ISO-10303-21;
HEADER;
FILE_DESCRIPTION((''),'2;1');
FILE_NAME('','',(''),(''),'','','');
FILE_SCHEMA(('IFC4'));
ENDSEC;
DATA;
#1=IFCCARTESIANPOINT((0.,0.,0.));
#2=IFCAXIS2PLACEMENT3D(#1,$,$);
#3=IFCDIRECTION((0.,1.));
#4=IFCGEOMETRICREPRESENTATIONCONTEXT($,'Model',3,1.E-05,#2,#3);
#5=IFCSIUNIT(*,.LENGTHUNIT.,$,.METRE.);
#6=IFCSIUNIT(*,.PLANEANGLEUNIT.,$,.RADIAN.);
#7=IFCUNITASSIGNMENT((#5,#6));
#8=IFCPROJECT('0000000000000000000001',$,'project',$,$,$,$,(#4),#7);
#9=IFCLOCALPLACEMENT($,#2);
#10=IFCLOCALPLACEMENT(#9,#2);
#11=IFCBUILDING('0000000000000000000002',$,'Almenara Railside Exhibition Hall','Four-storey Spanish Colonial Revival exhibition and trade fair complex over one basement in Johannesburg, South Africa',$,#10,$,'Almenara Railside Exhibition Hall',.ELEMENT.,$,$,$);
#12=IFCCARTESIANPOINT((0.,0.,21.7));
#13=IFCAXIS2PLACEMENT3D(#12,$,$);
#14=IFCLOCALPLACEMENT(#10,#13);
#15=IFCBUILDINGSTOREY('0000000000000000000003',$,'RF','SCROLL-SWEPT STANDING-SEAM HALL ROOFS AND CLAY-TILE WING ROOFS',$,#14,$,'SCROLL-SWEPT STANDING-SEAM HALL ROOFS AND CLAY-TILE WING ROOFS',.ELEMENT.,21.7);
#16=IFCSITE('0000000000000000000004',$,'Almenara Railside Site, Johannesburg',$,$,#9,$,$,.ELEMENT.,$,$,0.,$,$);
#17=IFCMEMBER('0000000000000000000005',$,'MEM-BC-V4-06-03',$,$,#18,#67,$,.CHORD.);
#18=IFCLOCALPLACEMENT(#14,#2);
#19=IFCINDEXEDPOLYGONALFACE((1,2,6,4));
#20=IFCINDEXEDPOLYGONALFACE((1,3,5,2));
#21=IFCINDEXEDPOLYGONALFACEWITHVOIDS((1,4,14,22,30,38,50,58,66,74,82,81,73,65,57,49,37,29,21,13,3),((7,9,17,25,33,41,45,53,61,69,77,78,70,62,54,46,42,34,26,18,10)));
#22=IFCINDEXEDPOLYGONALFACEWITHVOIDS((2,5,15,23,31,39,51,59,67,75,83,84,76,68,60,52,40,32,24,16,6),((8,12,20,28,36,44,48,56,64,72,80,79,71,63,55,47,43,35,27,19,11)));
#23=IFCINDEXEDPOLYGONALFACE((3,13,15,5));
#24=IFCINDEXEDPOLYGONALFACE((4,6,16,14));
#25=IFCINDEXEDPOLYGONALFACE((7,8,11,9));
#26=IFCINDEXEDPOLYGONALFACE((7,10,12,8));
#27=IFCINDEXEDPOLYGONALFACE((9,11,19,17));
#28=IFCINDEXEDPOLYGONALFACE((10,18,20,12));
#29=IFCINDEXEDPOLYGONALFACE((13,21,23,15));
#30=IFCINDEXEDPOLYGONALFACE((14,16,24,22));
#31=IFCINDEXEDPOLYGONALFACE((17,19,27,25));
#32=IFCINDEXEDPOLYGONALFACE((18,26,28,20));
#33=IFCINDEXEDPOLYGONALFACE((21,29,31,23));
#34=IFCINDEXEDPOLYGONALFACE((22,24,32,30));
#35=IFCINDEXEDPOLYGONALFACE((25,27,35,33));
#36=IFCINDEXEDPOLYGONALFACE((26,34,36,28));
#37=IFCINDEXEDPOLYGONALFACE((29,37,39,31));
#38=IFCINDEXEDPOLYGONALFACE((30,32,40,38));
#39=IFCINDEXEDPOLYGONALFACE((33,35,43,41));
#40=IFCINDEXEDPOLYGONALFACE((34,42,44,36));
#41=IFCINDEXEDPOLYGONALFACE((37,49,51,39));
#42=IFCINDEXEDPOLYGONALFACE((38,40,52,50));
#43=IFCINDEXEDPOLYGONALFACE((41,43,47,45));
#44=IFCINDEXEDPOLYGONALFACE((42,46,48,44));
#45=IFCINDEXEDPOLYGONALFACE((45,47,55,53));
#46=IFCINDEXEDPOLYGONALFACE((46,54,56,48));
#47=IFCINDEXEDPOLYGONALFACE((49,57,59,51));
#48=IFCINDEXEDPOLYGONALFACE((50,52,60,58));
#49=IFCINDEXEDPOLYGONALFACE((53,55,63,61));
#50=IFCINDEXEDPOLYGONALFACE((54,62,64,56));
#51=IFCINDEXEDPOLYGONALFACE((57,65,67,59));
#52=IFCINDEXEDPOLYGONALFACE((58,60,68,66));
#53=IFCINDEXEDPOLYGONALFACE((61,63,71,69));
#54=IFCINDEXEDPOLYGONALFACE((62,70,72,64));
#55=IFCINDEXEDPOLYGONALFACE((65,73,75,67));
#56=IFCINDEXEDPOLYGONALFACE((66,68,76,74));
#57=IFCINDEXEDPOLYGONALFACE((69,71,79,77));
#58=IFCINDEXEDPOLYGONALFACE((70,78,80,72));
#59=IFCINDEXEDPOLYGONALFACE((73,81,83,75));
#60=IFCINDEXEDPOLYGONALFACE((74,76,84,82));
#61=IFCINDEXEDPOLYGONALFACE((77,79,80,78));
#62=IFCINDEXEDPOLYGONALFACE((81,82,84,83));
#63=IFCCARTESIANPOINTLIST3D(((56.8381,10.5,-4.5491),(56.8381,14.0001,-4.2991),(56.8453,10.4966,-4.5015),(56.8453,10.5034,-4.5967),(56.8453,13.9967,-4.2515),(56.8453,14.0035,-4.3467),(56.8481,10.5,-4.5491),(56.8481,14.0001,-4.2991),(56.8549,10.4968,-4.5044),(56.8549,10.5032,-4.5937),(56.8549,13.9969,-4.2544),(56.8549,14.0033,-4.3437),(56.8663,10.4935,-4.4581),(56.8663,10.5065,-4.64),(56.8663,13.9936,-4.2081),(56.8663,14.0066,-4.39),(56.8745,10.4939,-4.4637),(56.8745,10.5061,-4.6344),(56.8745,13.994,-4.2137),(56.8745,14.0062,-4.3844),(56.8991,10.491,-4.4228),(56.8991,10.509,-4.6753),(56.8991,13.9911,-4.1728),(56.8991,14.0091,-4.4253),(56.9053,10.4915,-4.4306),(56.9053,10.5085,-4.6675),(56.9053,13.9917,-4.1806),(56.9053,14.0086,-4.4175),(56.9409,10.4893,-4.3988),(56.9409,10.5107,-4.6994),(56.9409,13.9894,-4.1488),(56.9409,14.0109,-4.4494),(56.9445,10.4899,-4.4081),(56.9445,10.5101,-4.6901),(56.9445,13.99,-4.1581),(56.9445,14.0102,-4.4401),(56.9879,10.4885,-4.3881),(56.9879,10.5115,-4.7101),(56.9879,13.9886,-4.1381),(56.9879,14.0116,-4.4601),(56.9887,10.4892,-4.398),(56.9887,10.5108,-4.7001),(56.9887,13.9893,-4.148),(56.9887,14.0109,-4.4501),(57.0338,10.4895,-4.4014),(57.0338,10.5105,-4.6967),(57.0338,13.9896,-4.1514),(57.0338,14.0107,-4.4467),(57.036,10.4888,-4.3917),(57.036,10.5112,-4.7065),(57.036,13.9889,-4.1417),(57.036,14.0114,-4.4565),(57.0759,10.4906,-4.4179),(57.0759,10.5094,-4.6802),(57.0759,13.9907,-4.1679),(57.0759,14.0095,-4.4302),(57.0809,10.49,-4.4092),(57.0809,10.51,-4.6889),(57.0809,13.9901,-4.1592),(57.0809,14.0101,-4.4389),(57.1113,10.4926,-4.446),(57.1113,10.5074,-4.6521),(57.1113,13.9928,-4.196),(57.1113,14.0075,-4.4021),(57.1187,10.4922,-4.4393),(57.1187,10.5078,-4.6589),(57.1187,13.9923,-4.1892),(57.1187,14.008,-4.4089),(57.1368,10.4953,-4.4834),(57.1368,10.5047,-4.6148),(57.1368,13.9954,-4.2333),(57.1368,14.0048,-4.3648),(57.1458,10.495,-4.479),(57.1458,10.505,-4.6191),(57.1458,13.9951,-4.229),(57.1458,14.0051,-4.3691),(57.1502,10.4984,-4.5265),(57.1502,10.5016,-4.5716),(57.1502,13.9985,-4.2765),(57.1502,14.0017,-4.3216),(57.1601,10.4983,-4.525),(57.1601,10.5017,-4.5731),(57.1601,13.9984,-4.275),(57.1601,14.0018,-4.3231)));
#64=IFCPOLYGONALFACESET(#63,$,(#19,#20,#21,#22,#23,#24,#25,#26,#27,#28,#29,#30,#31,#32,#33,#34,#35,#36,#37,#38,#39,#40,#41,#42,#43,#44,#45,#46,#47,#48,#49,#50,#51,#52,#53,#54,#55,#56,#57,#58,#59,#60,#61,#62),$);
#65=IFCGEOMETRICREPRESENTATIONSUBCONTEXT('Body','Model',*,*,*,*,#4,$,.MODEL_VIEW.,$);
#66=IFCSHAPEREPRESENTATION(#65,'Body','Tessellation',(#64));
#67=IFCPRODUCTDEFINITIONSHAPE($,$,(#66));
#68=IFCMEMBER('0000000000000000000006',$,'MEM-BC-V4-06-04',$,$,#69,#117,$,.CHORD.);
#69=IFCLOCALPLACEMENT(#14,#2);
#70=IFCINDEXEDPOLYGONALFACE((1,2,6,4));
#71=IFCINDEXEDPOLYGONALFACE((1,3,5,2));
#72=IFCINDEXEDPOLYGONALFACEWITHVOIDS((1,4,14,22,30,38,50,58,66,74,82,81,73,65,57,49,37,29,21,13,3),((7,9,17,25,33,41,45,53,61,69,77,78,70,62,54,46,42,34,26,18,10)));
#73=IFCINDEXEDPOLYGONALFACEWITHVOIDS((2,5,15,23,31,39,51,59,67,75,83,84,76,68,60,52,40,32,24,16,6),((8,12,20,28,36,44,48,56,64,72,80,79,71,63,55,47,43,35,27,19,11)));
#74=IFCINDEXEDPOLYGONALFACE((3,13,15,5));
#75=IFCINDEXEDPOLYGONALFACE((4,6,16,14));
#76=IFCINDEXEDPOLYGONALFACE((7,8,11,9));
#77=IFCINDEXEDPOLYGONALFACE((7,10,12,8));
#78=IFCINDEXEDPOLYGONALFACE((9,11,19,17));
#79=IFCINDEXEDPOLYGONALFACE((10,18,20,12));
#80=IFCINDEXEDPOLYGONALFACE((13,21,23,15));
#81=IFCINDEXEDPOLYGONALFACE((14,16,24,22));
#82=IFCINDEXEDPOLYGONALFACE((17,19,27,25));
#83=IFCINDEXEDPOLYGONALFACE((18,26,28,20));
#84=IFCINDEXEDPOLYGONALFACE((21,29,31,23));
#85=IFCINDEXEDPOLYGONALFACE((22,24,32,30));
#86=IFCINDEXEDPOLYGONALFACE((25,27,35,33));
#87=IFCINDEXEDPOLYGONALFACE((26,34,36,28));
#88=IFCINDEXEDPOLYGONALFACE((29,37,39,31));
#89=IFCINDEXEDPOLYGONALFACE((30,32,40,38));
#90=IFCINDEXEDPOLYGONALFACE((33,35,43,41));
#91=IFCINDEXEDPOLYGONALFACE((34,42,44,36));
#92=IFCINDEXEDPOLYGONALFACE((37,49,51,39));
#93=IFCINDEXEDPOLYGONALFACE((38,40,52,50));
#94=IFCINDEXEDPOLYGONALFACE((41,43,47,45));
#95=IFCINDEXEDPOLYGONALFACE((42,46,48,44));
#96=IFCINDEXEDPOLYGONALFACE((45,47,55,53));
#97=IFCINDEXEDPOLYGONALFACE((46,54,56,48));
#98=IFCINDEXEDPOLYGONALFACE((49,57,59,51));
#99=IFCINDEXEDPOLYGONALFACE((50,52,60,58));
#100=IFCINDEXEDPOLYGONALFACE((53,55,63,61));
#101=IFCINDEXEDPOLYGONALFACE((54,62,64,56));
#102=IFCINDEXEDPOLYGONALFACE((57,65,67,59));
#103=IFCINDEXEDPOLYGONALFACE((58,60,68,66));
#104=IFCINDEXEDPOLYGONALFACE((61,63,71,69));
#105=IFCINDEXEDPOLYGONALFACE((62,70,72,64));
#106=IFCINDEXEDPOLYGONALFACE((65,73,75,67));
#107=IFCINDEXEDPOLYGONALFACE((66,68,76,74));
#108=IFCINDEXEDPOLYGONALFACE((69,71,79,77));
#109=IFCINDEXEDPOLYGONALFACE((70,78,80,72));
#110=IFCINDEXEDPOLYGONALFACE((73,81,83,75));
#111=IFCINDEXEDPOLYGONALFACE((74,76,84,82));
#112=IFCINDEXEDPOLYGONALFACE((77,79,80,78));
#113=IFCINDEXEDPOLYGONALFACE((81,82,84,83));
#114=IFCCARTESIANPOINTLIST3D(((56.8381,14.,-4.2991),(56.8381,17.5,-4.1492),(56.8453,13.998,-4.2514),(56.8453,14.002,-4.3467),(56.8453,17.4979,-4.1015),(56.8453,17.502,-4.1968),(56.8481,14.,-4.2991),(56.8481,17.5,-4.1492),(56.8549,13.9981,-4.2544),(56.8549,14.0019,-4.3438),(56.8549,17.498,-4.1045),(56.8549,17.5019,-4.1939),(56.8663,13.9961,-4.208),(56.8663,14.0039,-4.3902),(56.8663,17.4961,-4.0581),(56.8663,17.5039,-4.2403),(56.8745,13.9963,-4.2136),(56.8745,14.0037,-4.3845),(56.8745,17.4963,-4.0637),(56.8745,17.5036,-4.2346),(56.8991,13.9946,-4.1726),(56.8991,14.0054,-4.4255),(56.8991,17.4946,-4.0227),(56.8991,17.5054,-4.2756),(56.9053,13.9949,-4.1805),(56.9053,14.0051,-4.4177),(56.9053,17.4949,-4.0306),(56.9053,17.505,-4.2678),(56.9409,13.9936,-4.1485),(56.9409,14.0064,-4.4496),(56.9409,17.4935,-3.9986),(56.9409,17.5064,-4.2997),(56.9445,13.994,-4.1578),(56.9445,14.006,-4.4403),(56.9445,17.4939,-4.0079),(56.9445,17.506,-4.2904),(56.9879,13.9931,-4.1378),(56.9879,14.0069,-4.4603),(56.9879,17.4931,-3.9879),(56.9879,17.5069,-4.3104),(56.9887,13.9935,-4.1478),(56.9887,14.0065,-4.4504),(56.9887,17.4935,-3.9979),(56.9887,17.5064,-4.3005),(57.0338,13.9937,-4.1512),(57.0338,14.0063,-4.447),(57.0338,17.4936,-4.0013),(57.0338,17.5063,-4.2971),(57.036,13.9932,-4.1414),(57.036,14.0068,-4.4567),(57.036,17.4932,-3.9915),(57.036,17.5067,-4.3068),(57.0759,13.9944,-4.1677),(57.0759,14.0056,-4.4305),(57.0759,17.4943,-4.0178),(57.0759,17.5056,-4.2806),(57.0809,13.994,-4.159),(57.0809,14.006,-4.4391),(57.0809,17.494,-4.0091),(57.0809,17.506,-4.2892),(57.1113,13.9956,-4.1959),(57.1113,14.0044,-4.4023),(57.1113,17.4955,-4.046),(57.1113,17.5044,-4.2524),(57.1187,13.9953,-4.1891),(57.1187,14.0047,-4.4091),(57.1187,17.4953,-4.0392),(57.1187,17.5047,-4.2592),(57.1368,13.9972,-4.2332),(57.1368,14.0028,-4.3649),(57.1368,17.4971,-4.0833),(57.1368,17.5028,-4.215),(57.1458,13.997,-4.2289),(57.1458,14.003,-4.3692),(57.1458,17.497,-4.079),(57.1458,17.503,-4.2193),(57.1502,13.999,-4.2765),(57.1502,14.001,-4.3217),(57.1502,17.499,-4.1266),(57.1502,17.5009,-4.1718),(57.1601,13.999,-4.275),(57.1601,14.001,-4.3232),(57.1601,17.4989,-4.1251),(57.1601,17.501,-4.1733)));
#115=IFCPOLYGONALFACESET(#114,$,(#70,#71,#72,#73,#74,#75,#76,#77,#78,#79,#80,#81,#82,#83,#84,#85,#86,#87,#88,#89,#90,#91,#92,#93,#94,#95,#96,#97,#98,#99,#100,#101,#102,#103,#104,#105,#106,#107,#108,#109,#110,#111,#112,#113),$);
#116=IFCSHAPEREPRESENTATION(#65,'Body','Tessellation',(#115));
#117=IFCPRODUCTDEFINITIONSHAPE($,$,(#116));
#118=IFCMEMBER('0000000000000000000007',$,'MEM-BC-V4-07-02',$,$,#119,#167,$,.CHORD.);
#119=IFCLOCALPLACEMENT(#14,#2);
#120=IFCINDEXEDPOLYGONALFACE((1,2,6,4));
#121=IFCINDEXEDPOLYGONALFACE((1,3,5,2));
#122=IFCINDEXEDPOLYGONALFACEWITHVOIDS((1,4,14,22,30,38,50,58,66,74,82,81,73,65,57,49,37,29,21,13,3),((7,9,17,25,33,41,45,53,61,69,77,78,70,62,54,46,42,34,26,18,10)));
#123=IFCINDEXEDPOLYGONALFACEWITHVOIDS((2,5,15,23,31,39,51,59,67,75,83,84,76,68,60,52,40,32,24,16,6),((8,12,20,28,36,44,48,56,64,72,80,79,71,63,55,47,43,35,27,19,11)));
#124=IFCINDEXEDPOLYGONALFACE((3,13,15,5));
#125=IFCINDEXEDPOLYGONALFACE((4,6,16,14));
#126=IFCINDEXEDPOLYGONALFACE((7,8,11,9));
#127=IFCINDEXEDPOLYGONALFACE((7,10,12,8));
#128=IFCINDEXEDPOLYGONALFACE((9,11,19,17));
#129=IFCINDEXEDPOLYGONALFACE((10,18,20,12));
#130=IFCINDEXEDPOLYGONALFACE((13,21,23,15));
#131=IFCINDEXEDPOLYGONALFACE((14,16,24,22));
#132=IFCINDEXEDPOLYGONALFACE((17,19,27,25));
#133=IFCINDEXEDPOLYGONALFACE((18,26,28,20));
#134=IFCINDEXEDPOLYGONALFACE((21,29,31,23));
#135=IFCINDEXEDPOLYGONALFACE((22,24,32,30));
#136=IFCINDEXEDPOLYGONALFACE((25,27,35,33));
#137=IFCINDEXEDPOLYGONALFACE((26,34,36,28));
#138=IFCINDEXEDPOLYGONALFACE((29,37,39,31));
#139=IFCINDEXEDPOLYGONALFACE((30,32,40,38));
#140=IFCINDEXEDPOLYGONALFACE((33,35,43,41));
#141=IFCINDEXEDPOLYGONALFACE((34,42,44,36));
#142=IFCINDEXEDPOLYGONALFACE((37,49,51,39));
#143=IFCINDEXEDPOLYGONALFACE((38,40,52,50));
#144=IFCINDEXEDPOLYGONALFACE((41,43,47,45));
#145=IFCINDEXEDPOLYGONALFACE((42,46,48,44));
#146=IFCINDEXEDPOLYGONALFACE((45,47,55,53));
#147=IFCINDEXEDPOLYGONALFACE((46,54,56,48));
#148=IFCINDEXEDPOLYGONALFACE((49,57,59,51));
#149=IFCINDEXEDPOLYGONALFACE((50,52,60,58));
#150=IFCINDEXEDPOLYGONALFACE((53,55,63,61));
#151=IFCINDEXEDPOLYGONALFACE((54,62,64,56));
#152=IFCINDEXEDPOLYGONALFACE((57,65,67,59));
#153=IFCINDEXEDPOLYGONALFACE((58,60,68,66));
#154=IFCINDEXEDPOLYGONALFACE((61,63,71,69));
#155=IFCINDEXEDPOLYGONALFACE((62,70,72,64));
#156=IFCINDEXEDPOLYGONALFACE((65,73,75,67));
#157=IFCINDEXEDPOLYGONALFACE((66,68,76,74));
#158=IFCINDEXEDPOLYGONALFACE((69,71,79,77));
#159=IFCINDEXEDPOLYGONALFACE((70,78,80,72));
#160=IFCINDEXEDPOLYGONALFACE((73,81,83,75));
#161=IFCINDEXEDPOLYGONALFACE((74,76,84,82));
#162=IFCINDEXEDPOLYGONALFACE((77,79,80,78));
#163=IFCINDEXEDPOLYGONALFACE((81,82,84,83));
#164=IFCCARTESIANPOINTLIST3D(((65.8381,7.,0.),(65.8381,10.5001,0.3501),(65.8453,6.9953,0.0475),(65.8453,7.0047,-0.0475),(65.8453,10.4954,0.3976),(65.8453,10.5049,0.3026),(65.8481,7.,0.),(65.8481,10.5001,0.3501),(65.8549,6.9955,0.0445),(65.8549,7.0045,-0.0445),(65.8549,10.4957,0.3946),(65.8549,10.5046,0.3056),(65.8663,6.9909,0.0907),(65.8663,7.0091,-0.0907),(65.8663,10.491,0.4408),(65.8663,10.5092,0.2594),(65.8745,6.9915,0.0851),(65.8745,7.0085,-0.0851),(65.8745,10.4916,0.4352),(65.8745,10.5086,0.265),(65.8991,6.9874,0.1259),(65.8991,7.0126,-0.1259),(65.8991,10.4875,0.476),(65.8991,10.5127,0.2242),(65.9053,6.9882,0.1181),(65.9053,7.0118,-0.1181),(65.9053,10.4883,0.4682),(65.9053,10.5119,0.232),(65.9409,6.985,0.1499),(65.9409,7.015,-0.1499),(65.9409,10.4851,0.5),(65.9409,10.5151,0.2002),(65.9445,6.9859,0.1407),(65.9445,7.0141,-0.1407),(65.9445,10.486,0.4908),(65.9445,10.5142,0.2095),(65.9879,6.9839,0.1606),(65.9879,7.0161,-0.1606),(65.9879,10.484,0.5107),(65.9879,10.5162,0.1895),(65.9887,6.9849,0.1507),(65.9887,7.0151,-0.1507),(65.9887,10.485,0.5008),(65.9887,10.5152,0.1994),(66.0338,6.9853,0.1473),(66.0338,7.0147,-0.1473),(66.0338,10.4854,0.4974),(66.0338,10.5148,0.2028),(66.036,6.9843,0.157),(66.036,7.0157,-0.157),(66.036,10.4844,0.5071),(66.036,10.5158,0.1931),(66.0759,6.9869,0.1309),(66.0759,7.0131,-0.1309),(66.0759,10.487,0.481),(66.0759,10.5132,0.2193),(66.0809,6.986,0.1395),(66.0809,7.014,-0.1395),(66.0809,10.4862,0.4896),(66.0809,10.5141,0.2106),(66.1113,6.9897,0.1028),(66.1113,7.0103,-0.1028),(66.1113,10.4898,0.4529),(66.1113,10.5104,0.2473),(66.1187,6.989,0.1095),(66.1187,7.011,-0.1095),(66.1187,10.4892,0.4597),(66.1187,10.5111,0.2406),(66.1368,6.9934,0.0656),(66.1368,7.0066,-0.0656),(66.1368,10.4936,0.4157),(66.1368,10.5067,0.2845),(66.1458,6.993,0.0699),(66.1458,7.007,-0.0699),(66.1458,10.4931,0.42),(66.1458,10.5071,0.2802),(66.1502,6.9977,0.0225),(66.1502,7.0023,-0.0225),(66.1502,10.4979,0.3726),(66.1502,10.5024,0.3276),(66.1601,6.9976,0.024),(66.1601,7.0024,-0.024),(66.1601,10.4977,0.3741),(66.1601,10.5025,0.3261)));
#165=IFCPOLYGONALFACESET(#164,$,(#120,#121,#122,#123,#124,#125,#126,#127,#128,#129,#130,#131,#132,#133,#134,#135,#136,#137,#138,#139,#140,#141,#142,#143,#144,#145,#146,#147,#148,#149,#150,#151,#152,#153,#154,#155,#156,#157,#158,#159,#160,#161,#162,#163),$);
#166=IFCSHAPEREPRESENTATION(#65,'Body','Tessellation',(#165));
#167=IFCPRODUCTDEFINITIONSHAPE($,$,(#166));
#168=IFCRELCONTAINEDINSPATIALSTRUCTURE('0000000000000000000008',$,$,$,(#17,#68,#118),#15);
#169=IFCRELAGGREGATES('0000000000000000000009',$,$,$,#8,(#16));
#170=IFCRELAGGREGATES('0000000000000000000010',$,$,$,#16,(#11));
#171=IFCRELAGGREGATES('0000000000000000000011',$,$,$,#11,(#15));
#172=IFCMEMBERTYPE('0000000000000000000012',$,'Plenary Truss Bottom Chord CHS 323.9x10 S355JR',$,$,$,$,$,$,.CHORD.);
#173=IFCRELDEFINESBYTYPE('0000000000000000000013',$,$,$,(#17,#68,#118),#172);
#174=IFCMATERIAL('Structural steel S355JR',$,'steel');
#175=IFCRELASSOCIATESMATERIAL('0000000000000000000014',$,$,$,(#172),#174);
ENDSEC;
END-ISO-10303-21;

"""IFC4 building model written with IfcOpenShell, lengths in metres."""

from ifc_helpers import new_model, si_unit, direction, frame, origin, origin_2d, place, context, subcontext, project, spatial, hollow_circle, extrude, material, material_profile, profile_set, type_object, element, save


model = new_model("IFC4")

# Units and contexts
model_context = context("Model", 3, precision=1e-05, world=origin(), true_north=direction((0.0, 1.0)))
body_context = subcontext(model_context, "Body", "Model", "MODEL_VIEW")
ifc_project = project(units=[si_unit("LENGTHUNIT", "METRE"), si_unit("PLANEANGLEUNIT", "RADIAN")], contexts=[model_context])

# Site, building, storey
site_placement = place(None, origin())
site = spatial("IfcSite", under=ifc_project, at=site_placement, Name="Almenara Railside Site, Johannesburg", CompositionType="ELEMENT", RefElevation=0.0)
building_placement = place(site_placement, origin())
building = spatial("IfcBuilding", under=site, at=building_placement, Name="Almenara Railside Exhibition Hall", Description="Four-storey Spanish Colonial Revival exhibition and trade fair complex over one basement in Johannesburg, South Africa", LongName="Almenara Railside Exhibition Hall", CompositionType="ELEMENT")
storey_placement = place(building_placement, frame((0.0, 0.0, 21.7)))
storey = spatial("IfcBuildingStorey", under=building, at=storey_placement, Name="RF", Description="SCROLL-SWEPT STANDING-SEAM HALL ROOFS AND CLAY-TILE WING ROOFS", LongName="SCROLL-SWEPT STANDING-SEAM HALL ROOFS AND CLAY-TILE WING ROOFS", CompositionType="ELEMENT", Elevation=21.7)

# Members
ifc_material_1 = material(Name="Structural steel S355JR", Category="steel")
ifc_material_profile_1 = material_profile(ifc_material_1, hollow_circle(Radius=0.1619, WallThickness=0.01, at=origin_2d()), Name="CHS 323.9x10")
ifc_profile_set_1 = profile_set([ifc_material_profile_1], Name="Structural steel S355JR")
member_type_1 = type_object("IfcMemberType", Name="Plenary Truss Bottom Chord CHS 323.9x10 S355JR", PredefinedType="CHORD", material=ifc_profile_set_1)
member_1_placement = place(storey_placement, frame((57.0, 10.5, -4.5491), z_axis=(0.0, 0.997459, 0.071247), x_axis=(-1.0, 0.0, 0.0)))
element("IfcMember", 1, at=member_1_placement, inside=storey, type_object=member_type_1, Name="MEM-BC-V4-06-03", PredefinedType="CHORD", context=body_context, shape_type="SweptSolid", body=[
    extrude(hollow_circle(Radius=0.1619, WallThickness=0.01, at=origin_2d()), origin(), (0.0, 0.0, 1.0), 3.509),
])
member_2_placement = place(storey_placement, frame((57.0, 14.0, -4.2991), z_axis=(0.0, 0.999084, 0.04279), x_axis=(-1.0, 0.0, 0.0)))
element("IfcMember", 2, at=member_2_placement, inside=storey, type_object=member_type_1, Name="MEM-BC-V4-06-04", PredefinedType="CHORD", context=body_context, shape_type="SweptSolid", body=[
    extrude(hollow_circle(Radius=0.1619, WallThickness=0.01, at=origin_2d()), origin(), (0.0, 0.0, 1.0), 3.5032),
])
member_3_placement = place(storey_placement, frame((66.0, 7.0, 0.0), z_axis=(0.0, 0.995034, 0.099531), x_axis=(-1.0, 0.0, 0.0)))
element("IfcMember", 3, at=member_3_placement, inside=storey, type_object=member_type_1, Name="MEM-BC-V4-07-02", PredefinedType="CHORD", context=body_context, shape_type="SweptSolid", body=[
    extrude(hollow_circle(Radius=0.1619, WallThickness=0.01, at=origin_2d()), origin(), (0.0, 0.0, 1.0), 3.5176),
])

save(model, "model.ifc")
